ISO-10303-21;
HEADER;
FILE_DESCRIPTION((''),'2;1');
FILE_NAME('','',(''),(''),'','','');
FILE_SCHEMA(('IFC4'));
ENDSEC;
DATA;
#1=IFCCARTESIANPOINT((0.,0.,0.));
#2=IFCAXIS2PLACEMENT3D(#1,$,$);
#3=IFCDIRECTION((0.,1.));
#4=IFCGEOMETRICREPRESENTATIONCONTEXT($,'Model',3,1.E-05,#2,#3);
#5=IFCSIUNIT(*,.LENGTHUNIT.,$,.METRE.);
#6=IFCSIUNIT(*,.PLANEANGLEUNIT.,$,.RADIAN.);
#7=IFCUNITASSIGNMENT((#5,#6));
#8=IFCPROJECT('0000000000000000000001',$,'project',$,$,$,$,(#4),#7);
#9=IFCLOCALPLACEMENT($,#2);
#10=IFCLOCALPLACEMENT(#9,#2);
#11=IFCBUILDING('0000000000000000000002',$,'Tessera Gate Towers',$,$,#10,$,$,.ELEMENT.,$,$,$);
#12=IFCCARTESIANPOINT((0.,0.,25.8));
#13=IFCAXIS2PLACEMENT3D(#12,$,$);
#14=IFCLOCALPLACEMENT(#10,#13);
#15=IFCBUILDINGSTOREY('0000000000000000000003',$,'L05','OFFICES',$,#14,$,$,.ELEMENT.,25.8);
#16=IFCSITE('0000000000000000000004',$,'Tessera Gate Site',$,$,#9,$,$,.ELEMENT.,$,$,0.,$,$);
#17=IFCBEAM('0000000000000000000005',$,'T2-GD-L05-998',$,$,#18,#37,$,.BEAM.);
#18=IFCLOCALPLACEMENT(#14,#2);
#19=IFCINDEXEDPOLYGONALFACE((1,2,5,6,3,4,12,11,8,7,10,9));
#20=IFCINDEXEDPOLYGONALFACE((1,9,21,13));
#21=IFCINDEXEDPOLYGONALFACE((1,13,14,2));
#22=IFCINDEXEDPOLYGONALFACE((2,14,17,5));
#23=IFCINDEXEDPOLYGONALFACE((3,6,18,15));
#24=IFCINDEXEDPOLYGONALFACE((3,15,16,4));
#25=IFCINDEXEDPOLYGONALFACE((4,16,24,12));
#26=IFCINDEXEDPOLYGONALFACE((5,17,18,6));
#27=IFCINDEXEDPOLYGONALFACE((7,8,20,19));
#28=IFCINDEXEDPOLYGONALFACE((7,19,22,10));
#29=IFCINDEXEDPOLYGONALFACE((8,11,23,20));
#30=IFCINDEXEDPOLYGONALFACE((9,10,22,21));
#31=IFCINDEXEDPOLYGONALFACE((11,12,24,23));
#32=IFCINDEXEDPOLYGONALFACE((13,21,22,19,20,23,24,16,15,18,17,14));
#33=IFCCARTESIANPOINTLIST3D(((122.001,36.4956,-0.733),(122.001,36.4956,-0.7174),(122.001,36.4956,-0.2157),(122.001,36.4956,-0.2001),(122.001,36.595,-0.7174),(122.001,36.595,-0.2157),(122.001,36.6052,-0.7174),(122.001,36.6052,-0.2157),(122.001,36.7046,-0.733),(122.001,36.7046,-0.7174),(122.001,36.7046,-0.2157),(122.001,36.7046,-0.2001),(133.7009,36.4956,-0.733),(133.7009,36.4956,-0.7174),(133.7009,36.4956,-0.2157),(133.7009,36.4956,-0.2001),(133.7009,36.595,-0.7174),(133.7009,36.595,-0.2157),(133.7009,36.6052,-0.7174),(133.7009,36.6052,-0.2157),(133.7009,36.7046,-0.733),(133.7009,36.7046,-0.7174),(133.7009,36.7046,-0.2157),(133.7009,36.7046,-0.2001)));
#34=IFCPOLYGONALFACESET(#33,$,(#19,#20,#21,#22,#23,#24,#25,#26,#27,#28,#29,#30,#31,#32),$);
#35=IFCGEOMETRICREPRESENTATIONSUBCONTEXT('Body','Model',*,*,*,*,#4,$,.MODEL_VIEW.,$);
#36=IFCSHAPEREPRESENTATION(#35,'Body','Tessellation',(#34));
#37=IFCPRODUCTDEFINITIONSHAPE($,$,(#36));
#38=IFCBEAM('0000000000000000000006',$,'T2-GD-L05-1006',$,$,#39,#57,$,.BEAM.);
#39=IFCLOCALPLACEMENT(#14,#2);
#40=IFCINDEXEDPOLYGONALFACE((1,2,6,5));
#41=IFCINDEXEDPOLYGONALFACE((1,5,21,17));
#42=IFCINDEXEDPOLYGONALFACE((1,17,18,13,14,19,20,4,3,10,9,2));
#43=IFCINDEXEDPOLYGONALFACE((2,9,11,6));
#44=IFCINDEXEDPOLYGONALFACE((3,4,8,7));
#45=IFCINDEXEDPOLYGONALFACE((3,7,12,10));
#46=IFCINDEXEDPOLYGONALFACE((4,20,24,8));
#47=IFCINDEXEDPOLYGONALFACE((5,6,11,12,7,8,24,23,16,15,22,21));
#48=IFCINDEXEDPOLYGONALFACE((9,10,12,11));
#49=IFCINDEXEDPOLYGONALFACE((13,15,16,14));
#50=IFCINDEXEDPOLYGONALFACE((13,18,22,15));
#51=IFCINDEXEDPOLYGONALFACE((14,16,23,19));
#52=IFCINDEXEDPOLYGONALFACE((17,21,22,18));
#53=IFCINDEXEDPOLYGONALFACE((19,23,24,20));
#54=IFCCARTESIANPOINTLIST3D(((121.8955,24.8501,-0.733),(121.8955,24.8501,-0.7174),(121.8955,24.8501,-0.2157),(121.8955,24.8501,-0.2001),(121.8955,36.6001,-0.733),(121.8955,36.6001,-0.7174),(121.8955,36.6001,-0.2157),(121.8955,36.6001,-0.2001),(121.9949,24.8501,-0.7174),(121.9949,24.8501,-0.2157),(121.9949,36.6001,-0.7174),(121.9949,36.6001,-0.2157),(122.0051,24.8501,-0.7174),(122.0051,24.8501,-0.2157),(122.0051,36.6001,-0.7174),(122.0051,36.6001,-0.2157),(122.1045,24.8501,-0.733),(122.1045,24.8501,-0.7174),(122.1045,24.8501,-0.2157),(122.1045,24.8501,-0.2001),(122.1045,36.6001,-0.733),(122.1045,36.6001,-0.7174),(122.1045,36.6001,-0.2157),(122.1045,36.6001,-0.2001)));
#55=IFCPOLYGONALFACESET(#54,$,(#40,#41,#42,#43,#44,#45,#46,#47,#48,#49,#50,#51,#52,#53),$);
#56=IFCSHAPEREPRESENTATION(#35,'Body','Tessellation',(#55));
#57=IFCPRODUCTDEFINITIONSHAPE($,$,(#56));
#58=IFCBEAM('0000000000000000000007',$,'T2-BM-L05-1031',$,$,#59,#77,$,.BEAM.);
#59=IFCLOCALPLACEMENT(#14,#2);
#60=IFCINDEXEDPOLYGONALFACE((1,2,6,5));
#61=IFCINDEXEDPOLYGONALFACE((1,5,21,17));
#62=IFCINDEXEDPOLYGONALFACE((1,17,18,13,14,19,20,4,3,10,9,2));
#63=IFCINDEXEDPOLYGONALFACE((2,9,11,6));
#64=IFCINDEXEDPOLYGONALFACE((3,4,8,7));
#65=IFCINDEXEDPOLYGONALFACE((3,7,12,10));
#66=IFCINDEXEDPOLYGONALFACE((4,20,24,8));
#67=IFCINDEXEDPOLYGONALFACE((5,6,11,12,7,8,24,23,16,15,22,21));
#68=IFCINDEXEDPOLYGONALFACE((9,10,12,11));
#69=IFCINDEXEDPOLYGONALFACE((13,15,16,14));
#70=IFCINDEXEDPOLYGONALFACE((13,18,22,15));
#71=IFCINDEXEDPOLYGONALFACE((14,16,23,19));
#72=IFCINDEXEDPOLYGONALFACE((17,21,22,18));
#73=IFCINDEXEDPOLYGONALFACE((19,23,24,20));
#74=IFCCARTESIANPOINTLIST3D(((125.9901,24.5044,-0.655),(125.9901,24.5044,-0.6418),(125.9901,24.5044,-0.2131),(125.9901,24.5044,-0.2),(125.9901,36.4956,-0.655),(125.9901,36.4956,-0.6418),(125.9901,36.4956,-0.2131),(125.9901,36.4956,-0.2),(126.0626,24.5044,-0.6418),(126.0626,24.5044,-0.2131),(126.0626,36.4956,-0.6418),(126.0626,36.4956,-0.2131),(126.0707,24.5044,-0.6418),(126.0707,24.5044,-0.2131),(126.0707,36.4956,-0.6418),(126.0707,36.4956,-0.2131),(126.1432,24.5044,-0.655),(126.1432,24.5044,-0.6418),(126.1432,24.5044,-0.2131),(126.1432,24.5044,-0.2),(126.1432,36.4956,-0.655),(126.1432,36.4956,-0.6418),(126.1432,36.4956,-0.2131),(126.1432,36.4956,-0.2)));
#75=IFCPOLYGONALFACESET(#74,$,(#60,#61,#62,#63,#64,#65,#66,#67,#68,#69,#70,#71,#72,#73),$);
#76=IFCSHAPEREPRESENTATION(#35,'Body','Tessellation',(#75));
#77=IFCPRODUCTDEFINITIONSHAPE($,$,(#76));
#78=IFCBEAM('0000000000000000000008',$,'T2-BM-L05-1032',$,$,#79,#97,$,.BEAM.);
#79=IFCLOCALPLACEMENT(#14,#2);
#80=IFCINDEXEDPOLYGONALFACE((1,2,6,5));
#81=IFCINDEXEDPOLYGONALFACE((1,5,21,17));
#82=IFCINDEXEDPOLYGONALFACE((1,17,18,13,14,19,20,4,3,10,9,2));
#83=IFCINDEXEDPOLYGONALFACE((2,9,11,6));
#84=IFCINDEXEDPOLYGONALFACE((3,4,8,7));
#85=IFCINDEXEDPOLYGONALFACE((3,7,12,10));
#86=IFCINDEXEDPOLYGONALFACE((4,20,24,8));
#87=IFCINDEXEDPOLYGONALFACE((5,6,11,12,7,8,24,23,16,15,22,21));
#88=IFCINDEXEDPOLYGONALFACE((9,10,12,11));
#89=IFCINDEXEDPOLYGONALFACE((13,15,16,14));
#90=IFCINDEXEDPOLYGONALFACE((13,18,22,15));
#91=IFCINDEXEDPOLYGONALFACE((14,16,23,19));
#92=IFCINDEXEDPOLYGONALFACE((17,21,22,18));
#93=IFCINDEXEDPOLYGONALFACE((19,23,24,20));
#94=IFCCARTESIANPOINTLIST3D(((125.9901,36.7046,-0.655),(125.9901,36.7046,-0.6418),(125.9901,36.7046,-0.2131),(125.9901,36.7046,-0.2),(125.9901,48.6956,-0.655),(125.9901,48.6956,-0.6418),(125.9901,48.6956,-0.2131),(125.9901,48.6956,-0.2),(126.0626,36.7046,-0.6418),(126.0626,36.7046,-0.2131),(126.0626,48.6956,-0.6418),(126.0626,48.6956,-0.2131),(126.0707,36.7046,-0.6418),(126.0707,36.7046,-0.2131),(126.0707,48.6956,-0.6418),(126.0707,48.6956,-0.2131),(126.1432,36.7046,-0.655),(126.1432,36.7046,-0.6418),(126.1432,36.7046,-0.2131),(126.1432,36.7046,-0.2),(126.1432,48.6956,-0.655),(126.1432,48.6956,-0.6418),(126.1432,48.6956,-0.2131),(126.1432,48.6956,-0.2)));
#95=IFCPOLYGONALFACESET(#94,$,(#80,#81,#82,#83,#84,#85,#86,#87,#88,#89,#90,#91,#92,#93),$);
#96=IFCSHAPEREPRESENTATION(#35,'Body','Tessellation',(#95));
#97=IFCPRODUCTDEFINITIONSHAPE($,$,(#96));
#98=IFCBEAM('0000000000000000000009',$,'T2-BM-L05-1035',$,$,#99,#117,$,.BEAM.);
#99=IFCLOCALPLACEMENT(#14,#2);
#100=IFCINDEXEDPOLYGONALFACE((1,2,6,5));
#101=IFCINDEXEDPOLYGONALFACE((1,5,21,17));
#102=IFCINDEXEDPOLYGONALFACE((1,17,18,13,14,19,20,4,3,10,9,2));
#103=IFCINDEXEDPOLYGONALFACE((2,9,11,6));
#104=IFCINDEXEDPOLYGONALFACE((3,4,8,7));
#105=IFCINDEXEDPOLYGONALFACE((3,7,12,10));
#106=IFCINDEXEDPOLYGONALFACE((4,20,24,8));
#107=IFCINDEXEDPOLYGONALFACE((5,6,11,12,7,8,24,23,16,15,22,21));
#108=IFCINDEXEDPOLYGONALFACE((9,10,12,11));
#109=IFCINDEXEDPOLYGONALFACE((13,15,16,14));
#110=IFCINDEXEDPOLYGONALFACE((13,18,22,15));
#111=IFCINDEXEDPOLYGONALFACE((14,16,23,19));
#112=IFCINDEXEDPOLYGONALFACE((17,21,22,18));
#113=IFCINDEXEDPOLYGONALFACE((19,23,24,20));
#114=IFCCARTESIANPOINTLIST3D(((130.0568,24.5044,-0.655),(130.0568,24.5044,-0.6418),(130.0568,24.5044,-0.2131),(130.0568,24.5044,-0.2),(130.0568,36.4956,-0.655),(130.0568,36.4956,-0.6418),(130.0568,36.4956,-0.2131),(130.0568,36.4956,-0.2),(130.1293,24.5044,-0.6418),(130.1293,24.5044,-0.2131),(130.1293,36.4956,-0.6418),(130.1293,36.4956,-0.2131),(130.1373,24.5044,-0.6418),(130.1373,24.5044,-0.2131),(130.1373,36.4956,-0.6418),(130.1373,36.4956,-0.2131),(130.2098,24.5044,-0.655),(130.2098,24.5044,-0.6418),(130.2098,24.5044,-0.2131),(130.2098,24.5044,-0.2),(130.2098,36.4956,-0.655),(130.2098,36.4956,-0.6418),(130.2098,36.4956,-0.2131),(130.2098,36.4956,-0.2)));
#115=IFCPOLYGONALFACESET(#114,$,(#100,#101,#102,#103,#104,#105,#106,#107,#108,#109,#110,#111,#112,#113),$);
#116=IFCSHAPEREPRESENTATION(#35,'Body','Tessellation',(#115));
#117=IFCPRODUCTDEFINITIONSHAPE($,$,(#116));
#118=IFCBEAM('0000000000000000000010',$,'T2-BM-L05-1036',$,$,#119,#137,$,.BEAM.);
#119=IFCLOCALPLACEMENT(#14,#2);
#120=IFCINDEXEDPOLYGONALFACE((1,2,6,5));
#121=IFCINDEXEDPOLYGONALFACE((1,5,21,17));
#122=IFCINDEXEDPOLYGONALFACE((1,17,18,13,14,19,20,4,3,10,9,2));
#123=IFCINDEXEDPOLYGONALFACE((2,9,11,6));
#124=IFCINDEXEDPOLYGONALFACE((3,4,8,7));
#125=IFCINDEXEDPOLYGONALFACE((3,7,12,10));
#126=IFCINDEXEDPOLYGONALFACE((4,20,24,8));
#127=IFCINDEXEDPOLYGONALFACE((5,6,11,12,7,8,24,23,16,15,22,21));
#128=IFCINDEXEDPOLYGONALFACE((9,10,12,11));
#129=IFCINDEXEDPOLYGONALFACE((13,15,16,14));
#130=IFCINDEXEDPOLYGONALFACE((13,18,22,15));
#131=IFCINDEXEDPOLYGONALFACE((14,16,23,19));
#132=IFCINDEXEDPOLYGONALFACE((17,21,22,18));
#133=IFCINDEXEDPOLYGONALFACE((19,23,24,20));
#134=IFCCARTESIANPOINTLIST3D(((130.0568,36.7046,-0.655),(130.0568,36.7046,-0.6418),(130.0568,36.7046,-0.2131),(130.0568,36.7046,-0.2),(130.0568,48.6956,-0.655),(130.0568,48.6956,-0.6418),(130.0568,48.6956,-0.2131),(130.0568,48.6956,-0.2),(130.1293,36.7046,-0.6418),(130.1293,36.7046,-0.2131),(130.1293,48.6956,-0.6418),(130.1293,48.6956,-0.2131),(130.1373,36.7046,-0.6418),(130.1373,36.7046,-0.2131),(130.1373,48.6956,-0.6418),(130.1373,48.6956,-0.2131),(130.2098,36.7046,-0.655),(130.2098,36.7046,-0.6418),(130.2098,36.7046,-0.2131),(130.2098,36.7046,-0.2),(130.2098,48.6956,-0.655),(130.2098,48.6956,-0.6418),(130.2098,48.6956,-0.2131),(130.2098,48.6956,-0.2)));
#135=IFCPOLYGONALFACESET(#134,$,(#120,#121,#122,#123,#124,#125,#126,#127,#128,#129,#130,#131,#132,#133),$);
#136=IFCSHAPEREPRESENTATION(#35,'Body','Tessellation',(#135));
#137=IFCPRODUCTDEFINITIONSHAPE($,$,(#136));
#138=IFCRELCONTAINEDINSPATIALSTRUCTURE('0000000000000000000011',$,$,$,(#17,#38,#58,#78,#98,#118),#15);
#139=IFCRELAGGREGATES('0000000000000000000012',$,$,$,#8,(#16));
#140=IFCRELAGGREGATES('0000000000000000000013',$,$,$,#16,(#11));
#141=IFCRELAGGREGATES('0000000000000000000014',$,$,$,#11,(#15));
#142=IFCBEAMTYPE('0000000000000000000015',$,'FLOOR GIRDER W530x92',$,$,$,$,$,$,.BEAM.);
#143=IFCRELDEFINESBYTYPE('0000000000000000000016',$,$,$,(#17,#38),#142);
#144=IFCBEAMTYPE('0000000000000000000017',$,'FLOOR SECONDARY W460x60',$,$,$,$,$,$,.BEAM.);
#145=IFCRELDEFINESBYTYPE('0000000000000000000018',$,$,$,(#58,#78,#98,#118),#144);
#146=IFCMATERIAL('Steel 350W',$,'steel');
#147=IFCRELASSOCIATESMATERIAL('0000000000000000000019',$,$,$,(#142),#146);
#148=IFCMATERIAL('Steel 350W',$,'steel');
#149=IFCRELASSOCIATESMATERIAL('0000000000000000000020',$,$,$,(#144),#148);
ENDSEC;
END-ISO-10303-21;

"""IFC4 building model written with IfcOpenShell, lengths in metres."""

from ifc_helpers import new_model, si_unit, direction, frame, origin, origin_2d, place, context, subcontext, project, spatial, i_section, extrude, material, material_profile, profile_set, type_object, element, save


model = new_model("IFC4")

# Units and contexts
model_context = context("Model", 3, precision=1e-05, world=origin(), true_north=direction((0.0, 1.0)))
body_context = subcontext(model_context, "Body", "Model", "MODEL_VIEW")
ifc_project = project(units=[si_unit("LENGTHUNIT", "METRE"), si_unit("PLANEANGLEUNIT", "RADIAN")], contexts=[model_context])

# Site, building, storey
site_placement = place(None, origin())
site = spatial("IfcSite", under=ifc_project, at=site_placement, Name="Tessera Gate Site", CompositionType="ELEMENT", RefElevation=0.0)
building_placement = place(site_placement, origin())
building = spatial("IfcBuilding", under=site, at=building_placement, Name="Tessera Gate Towers", CompositionType="ELEMENT")
storey_placement = place(building_placement, frame((0.0, 0.0, 25.8)))
storey = spatial("IfcBuildingStorey", under=building, at=storey_placement, Name="L05", Description="OFFICES", CompositionType="ELEMENT", Elevation=25.8)

# Beams
ifc_material_1 = material(Name="Steel 350W", Category="steel")
ifc_material_profile_1 = material_profile(ifc_material_1, i_section(OverallWidth=0.209, OverallDepth=0.533, WebThickness=0.0103, FlangeThickness=0.0156, at=origin_2d()), Name="W530x92")
ifc_profile_set_1 = profile_set([ifc_material_profile_1], Name="Steel 350W")
beam_type_1 = type_object("IfcBeamType", Name="FLOOR GIRDER W530x92", PredefinedType="BEAM", material=ifc_profile_set_1)
beam_1_placement = place(storey_placement, frame((122.001, 36.6001, -0.4666), z_axis=(1.0, 0.0, 0.0), x_axis=(0.0, 1.0, 0.0)))
element("IfcBeam", 1, at=beam_1_placement, inside=storey, type_object=beam_type_1, Name="T2-GD-L05-998", PredefinedType="BEAM", context=body_context, shape_type="SweptSolid", body=[
    extrude(i_section(OverallWidth=0.209, OverallDepth=0.533, WebThickness=0.0103, FlangeThickness=0.0156, at=origin_2d()), origin(), (0.0, 0.0, 1.0), 11.7),
])
beam_2_placement = place(storey_placement, frame((122.0, 24.8501, -0.4666), z_axis=(0.0, 1.0, 0.0), x_axis=(-1.0, 0.0, 0.0)))
element("IfcBeam", 2, at=beam_2_placement, inside=storey, type_object=beam_type_1, Name="T2-GD-L05-1006", PredefinedType="BEAM", context=body_context, shape_type="SweptSolid", body=[
    extrude(i_section(OverallWidth=0.209, OverallDepth=0.533, WebThickness=0.0103, FlangeThickness=0.0156, at=origin_2d()), origin(), (0.0, 0.0, 1.0), 11.75),
])
ifc_material_2 = material(Name="Steel 350W", Category="steel")
ifc_material_profile_2 = material_profile(ifc_material_2, i_section(OverallWidth=0.1531, OverallDepth=0.4551, WebThickness=0.0081, FlangeThickness=0.0132, at=origin_2d()), Name="W460x60")
ifc_profile_set_2 = profile_set([ifc_material_profile_2], Name="Steel 350W")
beam_type_2 = type_object("IfcBeamType", Name="FLOOR SECONDARY W460x60", PredefinedType="BEAM", material=ifc_profile_set_2)
beam_3_placement = place(storey_placement, frame((126.0667, 24.5044, -0.4275), z_axis=(0.0, 1.0, 0.0), x_axis=(-1.0, 0.0, 0.0)))
element("IfcBeam", 3, at=beam_3_placement, inside=storey, type_object=beam_type_2, Name="T2-BM-L05-1031", PredefinedType="BEAM", context=body_context, shape_type="SweptSolid", body=[
    extrude(i_section(OverallWidth=0.1531, OverallDepth=0.4551, WebThickness=0.0081, FlangeThickness=0.0132, at=origin_2d()), origin(), (0.0, 0.0, 1.0), 11.9912),
])
beam_4_placement = place(storey_placement, frame((126.0667, 36.7046, -0.4275), z_axis=(0.0, 1.0, 0.0), x_axis=(-1.0, 0.0, 0.0)))
element("IfcBeam", 4, at=beam_4_placement, inside=storey, type_object=beam_type_2, Name="T2-BM-L05-1032", PredefinedType="BEAM", context=body_context, shape_type="SweptSolid", body=[
    extrude(i_section(OverallWidth=0.1531, OverallDepth=0.4551, WebThickness=0.0081, FlangeThickness=0.0132, at=origin_2d()), origin(), (0.0, 0.0, 1.0), 11.991),
])
beam_5_placement = place(storey_placement, frame((130.1333, 24.5044, -0.4275), z_axis=(0.0, 1.0, 0.0), x_axis=(-1.0, 0.0, 0.0)))
element("IfcBeam", 5, at=beam_5_placement, inside=storey, type_object=beam_type_2, Name="T2-BM-L05-1035", PredefinedType="BEAM", context=body_context, shape_type="SweptSolid", body=[
    extrude(i_section(OverallWidth=0.1531, OverallDepth=0.4551, WebThickness=0.0081, FlangeThickness=0.0132, at=origin_2d()), origin(), (0.0, 0.0, 1.0), 11.9912),
])
beam_6_placement = place(storey_placement, frame((130.1333, 36.7046, -0.4275), z_axis=(0.0, 1.0, 0.0), x_axis=(-1.0, 0.0, 0.0)))
element("IfcBeam", 6, at=beam_6_placement, inside=storey, type_object=beam_type_2, Name="T2-BM-L05-1036", PredefinedType="BEAM", context=body_context, shape_type="SweptSolid", body=[
    extrude(i_section(OverallWidth=0.1531, OverallDepth=0.4551, WebThickness=0.0081, FlangeThickness=0.0132, at=origin_2d()), origin(), (0.0, 0.0, 1.0), 11.991),
])

save(model, "model.ifc")
